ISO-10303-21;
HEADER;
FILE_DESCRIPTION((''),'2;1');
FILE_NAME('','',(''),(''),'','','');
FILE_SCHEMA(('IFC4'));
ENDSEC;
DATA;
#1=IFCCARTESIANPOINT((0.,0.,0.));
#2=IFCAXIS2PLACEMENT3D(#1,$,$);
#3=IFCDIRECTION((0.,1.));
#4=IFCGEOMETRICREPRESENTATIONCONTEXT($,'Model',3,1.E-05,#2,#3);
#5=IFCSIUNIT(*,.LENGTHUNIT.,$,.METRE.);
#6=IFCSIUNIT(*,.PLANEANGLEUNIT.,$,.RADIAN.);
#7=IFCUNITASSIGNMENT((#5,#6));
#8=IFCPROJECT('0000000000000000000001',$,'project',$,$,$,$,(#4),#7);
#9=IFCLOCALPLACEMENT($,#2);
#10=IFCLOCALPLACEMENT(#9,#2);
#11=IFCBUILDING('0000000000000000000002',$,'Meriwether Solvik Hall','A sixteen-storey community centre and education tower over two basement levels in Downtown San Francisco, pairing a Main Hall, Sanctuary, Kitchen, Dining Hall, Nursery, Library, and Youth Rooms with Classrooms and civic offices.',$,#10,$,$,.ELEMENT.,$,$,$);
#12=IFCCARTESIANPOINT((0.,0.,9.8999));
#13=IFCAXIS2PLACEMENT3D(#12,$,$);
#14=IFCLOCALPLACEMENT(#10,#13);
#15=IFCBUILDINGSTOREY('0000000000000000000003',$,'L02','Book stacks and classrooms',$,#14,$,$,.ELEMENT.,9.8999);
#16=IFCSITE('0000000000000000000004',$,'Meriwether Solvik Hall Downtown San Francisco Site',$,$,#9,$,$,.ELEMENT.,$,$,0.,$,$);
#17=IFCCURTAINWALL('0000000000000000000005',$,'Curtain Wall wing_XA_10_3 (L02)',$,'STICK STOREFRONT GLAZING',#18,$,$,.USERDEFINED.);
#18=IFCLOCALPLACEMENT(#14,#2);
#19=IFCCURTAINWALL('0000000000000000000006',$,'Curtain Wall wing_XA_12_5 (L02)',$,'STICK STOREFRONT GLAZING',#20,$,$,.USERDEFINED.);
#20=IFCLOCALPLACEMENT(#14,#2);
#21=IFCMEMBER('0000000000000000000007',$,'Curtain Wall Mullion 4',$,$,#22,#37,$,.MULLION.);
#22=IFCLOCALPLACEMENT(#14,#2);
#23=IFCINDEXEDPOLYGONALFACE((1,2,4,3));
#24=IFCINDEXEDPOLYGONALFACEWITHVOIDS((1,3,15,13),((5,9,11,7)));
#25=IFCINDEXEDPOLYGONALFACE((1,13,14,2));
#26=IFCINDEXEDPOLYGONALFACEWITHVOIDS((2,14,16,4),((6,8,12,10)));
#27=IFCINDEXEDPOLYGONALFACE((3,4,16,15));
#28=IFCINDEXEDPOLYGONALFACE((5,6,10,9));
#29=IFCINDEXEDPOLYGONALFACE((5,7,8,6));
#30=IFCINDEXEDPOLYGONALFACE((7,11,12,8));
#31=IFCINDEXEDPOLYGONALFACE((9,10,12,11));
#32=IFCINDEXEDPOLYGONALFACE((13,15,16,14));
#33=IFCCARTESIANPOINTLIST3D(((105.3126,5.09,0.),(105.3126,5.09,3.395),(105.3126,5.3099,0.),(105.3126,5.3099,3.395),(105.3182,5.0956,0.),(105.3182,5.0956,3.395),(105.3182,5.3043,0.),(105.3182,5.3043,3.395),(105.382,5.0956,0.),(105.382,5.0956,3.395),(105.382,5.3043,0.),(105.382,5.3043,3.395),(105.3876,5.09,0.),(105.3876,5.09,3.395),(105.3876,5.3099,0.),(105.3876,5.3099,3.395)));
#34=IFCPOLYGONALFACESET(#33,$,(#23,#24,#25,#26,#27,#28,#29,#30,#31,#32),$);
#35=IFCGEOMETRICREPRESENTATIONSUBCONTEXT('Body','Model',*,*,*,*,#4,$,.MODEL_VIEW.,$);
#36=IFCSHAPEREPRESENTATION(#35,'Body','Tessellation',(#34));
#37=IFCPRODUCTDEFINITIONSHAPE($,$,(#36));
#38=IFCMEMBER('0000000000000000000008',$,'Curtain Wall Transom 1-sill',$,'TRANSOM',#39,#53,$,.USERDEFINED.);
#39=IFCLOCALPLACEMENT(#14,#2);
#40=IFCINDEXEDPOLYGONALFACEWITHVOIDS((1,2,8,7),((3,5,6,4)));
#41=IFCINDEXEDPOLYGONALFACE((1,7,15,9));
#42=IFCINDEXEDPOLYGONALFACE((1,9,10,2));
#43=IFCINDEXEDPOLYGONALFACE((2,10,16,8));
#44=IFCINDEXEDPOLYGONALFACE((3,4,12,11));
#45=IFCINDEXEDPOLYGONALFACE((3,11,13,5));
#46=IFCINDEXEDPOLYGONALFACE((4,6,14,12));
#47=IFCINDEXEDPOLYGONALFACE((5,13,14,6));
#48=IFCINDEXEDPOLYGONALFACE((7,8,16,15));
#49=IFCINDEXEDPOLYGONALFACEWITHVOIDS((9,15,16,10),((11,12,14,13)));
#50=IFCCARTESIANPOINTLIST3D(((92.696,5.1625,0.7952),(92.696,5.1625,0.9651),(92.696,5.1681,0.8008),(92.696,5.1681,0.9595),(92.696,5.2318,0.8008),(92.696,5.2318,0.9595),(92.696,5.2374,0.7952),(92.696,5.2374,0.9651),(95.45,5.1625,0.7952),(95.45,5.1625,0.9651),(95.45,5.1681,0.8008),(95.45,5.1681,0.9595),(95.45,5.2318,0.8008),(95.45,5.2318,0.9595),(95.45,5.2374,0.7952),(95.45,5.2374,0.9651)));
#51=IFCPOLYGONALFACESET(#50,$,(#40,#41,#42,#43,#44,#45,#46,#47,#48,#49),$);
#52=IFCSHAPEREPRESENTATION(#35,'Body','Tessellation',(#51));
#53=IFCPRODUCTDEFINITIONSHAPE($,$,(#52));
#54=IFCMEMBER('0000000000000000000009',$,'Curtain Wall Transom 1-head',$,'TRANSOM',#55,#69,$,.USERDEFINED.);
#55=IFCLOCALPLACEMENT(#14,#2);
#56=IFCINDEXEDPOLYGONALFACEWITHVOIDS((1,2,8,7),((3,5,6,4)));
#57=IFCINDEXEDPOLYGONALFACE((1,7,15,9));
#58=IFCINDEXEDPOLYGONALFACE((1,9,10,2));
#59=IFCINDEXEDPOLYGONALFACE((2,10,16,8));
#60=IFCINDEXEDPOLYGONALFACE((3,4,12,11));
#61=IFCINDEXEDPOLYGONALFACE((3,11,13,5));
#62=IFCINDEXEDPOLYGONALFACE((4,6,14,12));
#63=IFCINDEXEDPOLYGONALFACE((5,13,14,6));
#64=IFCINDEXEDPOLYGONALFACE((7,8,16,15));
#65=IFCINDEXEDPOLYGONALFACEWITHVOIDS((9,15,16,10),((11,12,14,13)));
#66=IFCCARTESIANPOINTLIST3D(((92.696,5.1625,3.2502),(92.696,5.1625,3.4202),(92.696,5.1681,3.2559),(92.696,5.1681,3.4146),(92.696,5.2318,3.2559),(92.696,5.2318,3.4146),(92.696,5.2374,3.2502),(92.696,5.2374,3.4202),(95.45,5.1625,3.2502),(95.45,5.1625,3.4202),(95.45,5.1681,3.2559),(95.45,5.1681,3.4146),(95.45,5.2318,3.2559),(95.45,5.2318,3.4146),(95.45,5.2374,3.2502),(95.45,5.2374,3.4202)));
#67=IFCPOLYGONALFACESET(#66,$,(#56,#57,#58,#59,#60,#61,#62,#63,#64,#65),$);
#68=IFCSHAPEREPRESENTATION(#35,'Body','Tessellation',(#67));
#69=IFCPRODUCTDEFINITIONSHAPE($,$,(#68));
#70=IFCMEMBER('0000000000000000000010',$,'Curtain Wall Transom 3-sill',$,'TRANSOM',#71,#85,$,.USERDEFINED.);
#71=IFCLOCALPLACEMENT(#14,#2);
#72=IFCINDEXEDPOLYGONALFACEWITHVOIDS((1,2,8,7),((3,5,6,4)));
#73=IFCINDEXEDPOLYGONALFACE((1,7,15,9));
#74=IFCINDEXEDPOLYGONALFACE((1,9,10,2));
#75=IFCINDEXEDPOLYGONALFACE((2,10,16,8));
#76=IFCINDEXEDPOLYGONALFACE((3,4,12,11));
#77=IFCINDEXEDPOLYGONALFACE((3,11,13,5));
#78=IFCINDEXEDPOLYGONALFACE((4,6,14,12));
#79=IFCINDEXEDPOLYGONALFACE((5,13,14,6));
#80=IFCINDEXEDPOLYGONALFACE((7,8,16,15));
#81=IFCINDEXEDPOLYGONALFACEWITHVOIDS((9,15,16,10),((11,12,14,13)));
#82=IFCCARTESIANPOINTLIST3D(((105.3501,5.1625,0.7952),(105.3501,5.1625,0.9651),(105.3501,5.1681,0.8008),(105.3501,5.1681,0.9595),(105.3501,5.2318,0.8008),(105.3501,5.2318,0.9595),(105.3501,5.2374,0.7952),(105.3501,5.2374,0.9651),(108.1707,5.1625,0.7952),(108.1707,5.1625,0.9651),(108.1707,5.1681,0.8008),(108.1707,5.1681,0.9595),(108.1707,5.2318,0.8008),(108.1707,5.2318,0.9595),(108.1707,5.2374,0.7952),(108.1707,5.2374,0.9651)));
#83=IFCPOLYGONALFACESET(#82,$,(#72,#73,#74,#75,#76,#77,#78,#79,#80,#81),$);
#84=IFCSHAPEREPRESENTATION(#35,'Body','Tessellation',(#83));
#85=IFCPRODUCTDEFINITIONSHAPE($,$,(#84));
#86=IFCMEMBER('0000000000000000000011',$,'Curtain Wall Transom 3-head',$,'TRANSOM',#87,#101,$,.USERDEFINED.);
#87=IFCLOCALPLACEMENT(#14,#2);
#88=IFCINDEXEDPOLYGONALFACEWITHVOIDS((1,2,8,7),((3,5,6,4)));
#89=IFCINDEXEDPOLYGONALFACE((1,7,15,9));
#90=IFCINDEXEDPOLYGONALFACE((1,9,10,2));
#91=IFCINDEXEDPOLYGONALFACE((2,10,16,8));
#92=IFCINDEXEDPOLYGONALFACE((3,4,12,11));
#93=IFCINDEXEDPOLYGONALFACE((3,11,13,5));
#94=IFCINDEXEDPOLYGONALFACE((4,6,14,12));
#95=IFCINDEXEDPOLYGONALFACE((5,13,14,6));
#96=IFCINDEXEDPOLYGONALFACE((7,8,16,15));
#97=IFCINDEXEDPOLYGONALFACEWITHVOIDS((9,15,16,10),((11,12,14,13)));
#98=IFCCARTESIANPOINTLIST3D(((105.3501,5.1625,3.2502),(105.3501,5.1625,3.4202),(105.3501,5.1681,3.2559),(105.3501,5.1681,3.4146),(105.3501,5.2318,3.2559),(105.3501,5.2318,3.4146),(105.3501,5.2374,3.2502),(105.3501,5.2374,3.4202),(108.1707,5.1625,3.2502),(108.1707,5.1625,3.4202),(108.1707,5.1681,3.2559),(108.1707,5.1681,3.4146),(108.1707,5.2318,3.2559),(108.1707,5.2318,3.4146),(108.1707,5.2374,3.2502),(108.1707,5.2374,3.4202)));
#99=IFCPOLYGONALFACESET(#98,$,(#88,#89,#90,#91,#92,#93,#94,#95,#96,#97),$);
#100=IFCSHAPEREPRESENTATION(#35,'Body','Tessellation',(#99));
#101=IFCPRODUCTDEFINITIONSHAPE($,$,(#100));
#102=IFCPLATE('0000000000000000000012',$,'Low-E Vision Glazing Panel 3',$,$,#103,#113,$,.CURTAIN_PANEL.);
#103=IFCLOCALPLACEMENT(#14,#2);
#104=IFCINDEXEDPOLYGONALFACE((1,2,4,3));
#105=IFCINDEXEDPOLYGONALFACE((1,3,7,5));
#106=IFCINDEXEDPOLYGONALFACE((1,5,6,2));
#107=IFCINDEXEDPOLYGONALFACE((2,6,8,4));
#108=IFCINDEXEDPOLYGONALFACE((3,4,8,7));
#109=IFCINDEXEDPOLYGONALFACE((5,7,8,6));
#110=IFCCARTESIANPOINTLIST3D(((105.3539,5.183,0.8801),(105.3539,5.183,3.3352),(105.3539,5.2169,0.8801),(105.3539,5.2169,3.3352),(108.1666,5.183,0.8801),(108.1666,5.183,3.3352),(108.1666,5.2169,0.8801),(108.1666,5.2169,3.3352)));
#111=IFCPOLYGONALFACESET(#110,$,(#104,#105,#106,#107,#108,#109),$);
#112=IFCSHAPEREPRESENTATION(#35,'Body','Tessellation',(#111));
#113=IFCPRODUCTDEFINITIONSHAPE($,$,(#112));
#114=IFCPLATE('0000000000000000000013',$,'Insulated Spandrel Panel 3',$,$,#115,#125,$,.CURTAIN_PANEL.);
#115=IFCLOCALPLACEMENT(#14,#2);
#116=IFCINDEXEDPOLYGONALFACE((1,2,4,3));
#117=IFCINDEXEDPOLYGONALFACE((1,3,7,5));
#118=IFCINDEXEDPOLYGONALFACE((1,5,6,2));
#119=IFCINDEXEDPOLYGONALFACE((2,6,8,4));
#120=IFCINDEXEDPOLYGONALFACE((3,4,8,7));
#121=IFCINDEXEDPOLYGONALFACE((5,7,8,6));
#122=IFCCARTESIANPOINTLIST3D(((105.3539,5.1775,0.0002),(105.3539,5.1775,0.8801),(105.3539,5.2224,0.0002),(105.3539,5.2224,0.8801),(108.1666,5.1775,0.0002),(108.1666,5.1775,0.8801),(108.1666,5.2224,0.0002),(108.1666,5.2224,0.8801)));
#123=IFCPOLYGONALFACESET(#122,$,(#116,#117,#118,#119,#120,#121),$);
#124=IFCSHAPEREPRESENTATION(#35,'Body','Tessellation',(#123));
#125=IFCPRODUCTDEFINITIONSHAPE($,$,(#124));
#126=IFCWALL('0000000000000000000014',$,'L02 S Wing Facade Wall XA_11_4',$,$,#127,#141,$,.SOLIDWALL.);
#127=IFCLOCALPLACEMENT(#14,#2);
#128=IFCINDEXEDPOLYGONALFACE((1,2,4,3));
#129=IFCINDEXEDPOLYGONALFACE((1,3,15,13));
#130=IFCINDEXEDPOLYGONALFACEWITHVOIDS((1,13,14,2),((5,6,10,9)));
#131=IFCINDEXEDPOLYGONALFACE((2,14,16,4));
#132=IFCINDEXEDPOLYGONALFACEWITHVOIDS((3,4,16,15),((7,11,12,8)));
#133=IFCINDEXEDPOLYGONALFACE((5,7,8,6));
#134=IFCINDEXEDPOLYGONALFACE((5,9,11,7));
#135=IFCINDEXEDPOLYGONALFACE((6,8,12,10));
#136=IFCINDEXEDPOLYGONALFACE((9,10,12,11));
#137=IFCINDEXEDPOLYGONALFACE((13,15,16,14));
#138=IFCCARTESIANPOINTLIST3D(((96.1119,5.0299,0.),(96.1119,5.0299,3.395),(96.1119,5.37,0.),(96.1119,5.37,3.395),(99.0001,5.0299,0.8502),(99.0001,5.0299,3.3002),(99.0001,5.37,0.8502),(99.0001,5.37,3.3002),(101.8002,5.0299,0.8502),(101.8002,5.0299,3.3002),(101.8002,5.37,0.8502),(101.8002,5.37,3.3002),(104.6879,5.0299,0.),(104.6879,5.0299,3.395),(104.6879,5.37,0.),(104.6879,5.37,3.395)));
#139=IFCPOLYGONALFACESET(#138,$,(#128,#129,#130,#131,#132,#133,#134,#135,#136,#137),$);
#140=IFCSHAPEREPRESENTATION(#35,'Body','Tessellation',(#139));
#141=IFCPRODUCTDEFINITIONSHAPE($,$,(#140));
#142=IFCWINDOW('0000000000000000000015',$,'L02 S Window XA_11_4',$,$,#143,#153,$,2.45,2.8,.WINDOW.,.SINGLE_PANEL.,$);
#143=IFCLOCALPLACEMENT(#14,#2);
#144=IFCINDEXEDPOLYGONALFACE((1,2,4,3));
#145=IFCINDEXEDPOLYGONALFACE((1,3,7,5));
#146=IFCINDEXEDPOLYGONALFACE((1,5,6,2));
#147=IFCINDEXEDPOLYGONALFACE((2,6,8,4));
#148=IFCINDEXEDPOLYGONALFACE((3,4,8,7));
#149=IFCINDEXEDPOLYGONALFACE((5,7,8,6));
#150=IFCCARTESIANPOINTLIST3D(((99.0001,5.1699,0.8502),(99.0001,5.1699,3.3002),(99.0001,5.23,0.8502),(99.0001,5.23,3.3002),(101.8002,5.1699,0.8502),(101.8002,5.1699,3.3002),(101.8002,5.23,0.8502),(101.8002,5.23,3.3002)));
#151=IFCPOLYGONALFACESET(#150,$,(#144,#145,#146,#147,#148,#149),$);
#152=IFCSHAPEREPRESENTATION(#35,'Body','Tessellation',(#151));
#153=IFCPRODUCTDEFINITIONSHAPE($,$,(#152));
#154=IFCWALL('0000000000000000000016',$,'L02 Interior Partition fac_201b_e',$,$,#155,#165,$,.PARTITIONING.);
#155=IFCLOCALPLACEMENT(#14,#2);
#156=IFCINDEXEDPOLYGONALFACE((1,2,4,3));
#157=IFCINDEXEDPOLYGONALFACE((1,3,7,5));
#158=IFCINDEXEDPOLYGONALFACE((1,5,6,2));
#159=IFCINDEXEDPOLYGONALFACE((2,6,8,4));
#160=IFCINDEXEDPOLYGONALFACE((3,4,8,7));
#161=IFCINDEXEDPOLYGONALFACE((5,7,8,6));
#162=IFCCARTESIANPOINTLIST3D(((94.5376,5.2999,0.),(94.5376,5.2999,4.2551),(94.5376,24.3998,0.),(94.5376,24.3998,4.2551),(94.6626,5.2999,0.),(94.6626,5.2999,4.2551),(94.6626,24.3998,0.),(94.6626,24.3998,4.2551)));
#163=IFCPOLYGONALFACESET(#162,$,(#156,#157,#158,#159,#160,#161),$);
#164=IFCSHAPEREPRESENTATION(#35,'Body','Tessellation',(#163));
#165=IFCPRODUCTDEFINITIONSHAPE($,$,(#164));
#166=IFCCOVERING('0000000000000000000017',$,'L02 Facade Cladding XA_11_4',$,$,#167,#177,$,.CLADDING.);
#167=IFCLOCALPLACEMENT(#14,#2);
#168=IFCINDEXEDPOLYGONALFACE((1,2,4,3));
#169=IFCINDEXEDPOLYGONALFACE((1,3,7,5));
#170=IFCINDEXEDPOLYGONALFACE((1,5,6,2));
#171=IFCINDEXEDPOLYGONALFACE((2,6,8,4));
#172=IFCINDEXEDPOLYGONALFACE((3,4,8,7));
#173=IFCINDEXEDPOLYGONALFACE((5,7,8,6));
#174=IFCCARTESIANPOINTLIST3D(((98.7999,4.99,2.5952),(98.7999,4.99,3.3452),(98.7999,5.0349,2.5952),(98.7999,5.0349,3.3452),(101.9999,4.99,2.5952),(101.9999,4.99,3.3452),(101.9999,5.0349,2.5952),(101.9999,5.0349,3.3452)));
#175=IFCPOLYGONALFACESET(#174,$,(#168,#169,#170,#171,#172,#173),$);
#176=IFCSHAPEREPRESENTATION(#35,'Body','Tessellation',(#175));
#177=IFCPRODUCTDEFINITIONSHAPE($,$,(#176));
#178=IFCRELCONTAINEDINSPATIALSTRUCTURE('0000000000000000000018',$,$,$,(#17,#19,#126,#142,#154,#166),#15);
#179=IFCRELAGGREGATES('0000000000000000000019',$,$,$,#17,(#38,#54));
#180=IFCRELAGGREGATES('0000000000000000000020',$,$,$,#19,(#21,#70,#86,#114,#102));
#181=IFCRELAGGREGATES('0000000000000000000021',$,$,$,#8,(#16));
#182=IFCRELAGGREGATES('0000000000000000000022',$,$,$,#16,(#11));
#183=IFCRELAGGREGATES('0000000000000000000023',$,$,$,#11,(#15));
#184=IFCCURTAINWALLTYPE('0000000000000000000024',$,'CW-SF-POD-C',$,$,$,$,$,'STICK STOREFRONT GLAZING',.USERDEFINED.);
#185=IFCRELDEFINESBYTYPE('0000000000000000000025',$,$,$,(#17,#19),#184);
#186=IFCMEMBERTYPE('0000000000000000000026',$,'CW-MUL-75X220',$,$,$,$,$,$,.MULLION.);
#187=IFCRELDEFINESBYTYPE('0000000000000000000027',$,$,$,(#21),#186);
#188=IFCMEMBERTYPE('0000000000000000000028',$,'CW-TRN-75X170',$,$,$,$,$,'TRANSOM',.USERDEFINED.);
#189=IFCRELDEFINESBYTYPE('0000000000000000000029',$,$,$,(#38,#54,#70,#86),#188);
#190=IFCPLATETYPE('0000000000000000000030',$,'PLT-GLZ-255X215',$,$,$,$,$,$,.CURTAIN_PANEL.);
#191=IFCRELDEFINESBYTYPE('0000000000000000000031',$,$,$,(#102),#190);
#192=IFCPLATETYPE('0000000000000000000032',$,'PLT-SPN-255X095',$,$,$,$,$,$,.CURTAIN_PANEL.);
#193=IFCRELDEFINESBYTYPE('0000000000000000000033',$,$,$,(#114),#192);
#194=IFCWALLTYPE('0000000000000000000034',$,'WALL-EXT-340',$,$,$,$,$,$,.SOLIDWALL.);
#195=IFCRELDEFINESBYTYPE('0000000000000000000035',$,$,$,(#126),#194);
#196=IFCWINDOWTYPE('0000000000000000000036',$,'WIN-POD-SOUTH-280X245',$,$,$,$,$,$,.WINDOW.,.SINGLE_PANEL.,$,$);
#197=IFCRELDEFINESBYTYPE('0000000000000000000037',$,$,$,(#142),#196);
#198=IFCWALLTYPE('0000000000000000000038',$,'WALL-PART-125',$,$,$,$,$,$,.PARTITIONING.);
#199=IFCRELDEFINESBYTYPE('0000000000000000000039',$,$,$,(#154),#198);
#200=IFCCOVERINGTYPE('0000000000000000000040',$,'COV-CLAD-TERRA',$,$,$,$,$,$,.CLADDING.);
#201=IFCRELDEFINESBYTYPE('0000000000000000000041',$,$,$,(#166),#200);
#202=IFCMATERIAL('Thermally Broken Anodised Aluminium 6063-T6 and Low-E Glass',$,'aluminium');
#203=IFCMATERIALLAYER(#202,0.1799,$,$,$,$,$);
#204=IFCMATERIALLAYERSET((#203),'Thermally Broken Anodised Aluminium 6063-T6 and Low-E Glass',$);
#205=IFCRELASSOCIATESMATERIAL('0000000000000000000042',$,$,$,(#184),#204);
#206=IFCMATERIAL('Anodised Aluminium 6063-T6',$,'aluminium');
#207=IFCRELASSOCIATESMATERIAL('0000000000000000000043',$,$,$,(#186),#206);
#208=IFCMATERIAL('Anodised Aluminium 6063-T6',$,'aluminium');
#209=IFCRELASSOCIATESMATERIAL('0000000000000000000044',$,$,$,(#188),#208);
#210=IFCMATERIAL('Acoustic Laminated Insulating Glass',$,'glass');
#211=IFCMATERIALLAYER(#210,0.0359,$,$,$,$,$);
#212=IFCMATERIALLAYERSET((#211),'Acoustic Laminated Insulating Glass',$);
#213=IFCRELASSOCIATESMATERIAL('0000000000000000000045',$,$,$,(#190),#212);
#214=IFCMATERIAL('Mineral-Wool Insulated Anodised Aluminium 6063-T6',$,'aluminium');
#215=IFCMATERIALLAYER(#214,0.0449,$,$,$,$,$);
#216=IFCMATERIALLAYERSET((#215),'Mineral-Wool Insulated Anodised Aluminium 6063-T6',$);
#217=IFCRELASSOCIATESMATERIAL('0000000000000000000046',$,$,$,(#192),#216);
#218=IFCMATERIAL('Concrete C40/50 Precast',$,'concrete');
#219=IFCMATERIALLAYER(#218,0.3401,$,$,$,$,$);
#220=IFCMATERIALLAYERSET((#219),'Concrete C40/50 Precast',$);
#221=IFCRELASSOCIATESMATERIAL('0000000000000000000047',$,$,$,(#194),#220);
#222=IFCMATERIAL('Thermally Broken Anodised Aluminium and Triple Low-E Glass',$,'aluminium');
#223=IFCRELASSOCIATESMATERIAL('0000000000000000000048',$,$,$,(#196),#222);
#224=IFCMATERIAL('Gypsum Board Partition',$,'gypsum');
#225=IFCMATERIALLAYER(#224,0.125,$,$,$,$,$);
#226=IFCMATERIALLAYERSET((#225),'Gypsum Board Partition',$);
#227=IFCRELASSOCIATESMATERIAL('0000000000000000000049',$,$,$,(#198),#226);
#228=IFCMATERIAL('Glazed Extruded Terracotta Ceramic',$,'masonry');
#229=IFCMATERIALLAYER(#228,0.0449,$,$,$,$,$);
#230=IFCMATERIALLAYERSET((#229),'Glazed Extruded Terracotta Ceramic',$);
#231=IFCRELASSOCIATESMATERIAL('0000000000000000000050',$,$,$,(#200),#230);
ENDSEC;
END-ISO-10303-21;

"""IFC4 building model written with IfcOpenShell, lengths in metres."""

from ifc_helpers import new_model, si_unit, direction, frame, frame_2d, origin, origin_2d, place, context, subcontext, project, spatial, rectangle, hollow_rectangle, extrude, material, layer, layer_set, material_profile, profile_set, type_object, element, fill, aggregate, save


model = new_model("IFC4")

# Units and contexts
model_context = context("Model", 3, precision=1e-05, world=origin(), true_north=direction((0.0, 1.0)))
body_context = subcontext(model_context, "Body", "Model", "MODEL_VIEW")
ifc_project = project(units=[si_unit("LENGTHUNIT", "METRE"), si_unit("PLANEANGLEUNIT", "RADIAN")], contexts=[model_context])

# Site, building, storey
site_placement = place(None, origin())
site = spatial("IfcSite", under=ifc_project, at=site_placement, Name="Meriwether Solvik Hall Downtown San Francisco Site", CompositionType="ELEMENT", RefElevation=0.0)
building_placement = place(site_placement, origin())
building = spatial("IfcBuilding", under=site, at=building_placement, Name="Meriwether Solvik Hall", Description="A sixteen-storey community centre and education tower over two basement levels in Downtown San Francisco, pairing a Main Hall, Sanctuary, Kitchen, Dining Hall, Nursery, Library, and Youth Rooms with Classrooms and civic offices.", CompositionType="ELEMENT")
storey_placement = place(building_placement, frame((0.0, 0.0, 9.8999)))
storey = spatial("IfcBuildingStorey", under=building, at=storey_placement, Name="L02", Description="Book stacks and classrooms", CompositionType="ELEMENT", Elevation=9.8999)

# Curtain wall
ifc_material_1 = material(Name="Thermally Broken Anodised Aluminium 6063-T6 and Low-E Glass", Category="aluminium")
ifc_layer_1 = layer(ifc_material_1, 0.1799)
ifc_layer_set_1 = layer_set([ifc_layer_1], Name="Thermally Broken Anodised Aluminium 6063-T6 and Low-E Glass")
curtain_wall_type = type_object("IfcCurtainWallType", Name="CW-SF-POD-C", ElementType="STICK STOREFRONT GLAZING", PredefinedType="USERDEFINED", material=ifc_layer_set_1)
curtain_wall_1_placement = place(storey_placement, origin())
curtain_wall_1 = element("IfcCurtainWall", 1, at=curtain_wall_1_placement, inside=storey, type_object=curtain_wall_type, Name="Curtain Wall wing_XA_10_3 (L02)", ObjectType="STICK STOREFRONT GLAZING", PredefinedType="USERDEFINED")
ifc_material_2 = material(Name="Anodised Aluminium 6063-T6", Category="aluminium")
ifc_material_profile_1 = material_profile(ifc_material_2, hollow_rectangle(XDim=0.075, YDim=0.22, WallThickness=0.0056, at=origin_2d()), Name="CWM-75X220")
ifc_profile_set_1 = profile_set([ifc_material_profile_1], Name="Anodised Aluminium 6063-T6")
member_type_1 = type_object("IfcMemberType", Name="CW-MUL-75X220", PredefinedType="MULLION", material=ifc_profile_set_1)

# Curtain wall, member
curtain_wall_2_placement = place(storey_placement, origin())
curtain_wall_2 = element("IfcCurtainWall", 2, at=curtain_wall_2_placement, inside=storey, type_object=curtain_wall_type, Name="Curtain Wall wing_XA_12_5 (L02)", ObjectType="STICK STOREFRONT GLAZING", PredefinedType="USERDEFINED")
member_1_placement = place(storey_placement, frame((105.3501, 5.2, 0.0), z_axis=(0.0, 0.0, 1.0), x_axis=(-1.0, 0.0, 0.0)))
member_1 = element("IfcMember", 3, at=member_1_placement, type_object=member_type_1, Name="Curtain Wall Mullion 4", PredefinedType="MULLION", context=body_context, shape_type="SweptSolid", body=[
    extrude(hollow_rectangle(XDim=0.075, YDim=0.22, WallThickness=0.0056, at=origin_2d()), origin(), (0.0, 0.0, 1.0), 3.395),
])

# Members
ifc_material_3 = material(Name="Anodised Aluminium 6063-T6", Category="aluminium")
ifc_material_profile_2 = material_profile(ifc_material_3, hollow_rectangle(XDim=0.075, YDim=0.1699, WallThickness=0.0056, at=origin_2d()), Name="CWT-75X170")
ifc_profile_set_2 = profile_set([ifc_material_profile_2], Name="Anodised Aluminium 6063-T6")
member_type_2 = type_object("IfcMemberType", Name="CW-TRN-75X170", ElementType="TRANSOM", PredefinedType="USERDEFINED", material=ifc_profile_set_2)
member_2_placement = place(storey_placement, frame((95.45, 5.2, 0.8801), z_axis=(-1.0, 0.0, 0.0), x_axis=(0.0, -1.0, 0.0)))
member_2 = element("IfcMember", 4, at=member_2_placement, type_object=member_type_2, Name="Curtain Wall Transom 1-sill", ObjectType="TRANSOM", PredefinedType="USERDEFINED", context=body_context, shape_type="SweptSolid", body=[
    extrude(hollow_rectangle(XDim=0.075, YDim=0.1699, WallThickness=0.0056, at=origin_2d()), origin(), (0.0, 0.0, 1.0), 2.7539),
])
member_3_placement = place(storey_placement, frame((95.45, 5.2, 3.3352), z_axis=(-1.0, 0.0, 0.0), x_axis=(0.0, -1.0, 0.0)))
member_3 = element("IfcMember", 5, at=member_3_placement, type_object=member_type_2, Name="Curtain Wall Transom 1-head", ObjectType="TRANSOM", PredefinedType="USERDEFINED", context=body_context, shape_type="SweptSolid", body=[
    extrude(hollow_rectangle(XDim=0.075, YDim=0.1699, WallThickness=0.0056, at=origin_2d()), origin(), (0.0, 0.0, 1.0), 2.7539),
])
aggregate(curtain_wall_1, [member_2, member_3])
member_4_placement = place(storey_placement, frame((108.1707, 5.2, 0.8801), z_axis=(-1.0, 0.0, 0.0), x_axis=(0.0, -1.0, 0.0)))
member_4 = element("IfcMember", 6, at=member_4_placement, type_object=member_type_2, Name="Curtain Wall Transom 3-sill", ObjectType="TRANSOM", PredefinedType="USERDEFINED", context=body_context, shape_type="SweptSolid", body=[
    extrude(hollow_rectangle(XDim=0.075, YDim=0.1699, WallThickness=0.0056, at=origin_2d()), origin(), (0.0, 0.0, 1.0), 2.8206),
])
member_5_placement = place(storey_placement, frame((108.1707, 5.2, 3.3352), z_axis=(-1.0, 0.0, 0.0), x_axis=(0.0, -1.0, 0.0)))
member_5 = element("IfcMember", 7, at=member_5_placement, type_object=member_type_2, Name="Curtain Wall Transom 3-head", ObjectType="TRANSOM", PredefinedType="USERDEFINED", context=body_context, shape_type="SweptSolid", body=[
    extrude(hollow_rectangle(XDim=0.075, YDim=0.1699, WallThickness=0.0056, at=origin_2d()), origin(), (0.0, 0.0, 1.0), 2.8206),
])

# Plates
ifc_material_4 = material(Name="Acoustic Laminated Insulating Glass", Category="glass")
ifc_layer_2 = layer(ifc_material_4, 0.0359)
ifc_layer_set_2 = layer_set([ifc_layer_2], Name="Acoustic Laminated Insulating Glass")
plate_type_1 = type_object("IfcPlateType", Name="PLT-GLZ-255X215", PredefinedType="CURTAIN_PANEL", material=ifc_layer_set_2)
plate_1_placement = place(storey_placement, frame((106.7603, 5.2, 0.8801), z_axis=(0.0, 0.0, 1.0), x_axis=(-1.0, 0.0, 0.0)))
plate_1 = element("IfcPlate", 8, at=plate_1_placement, type_object=plate_type_1, Name="Low-E Vision Glazing Panel 3", PredefinedType="CURTAIN_PANEL", context=body_context, shape_type="SweptSolid", body=[
    extrude(rectangle(XDim=2.8127, YDim=0.0339, at=origin_2d()), origin(), (0.0, 0.0, 1.0), 2.4551),
])
ifc_material_5 = material(Name="Mineral-Wool Insulated Anodised Aluminium 6063-T6", Category="aluminium")
ifc_layer_3 = layer(ifc_material_5, 0.0449)
ifc_layer_set_3 = layer_set([ifc_layer_3], Name="Mineral-Wool Insulated Anodised Aluminium 6063-T6")
plate_type_2 = type_object("IfcPlateType", Name="PLT-SPN-255X095", PredefinedType="CURTAIN_PANEL", material=ifc_layer_set_3)
plate_2_placement = place(storey_placement, frame((106.7603, 5.2, 0.0002), z_axis=(0.0, 0.0, 1.0), x_axis=(-1.0, 0.0, 0.0)))
plate_2 = element("IfcPlate", 9, at=plate_2_placement, type_object=plate_type_2, Name="Insulated Spandrel Panel 3", PredefinedType="CURTAIN_PANEL", context=body_context, shape_type="SweptSolid", body=[
    extrude(rectangle(XDim=2.8127, YDim=0.0449, at=origin_2d()), origin(), (0.0, 0.0, 1.0), 0.8799),
])
aggregate(curtain_wall_2, [member_1, member_4, member_5, plate_2, plate_1])

# Wall, opening, window
ifc_material_6 = material(Name="Concrete C40/50 Precast", Category="concrete")
ifc_layer_4 = layer(ifc_material_6, 0.3401)
ifc_layer_set_4 = layer_set([ifc_layer_4], Name="Concrete C40/50 Precast")
wall_type_1 = type_object("IfcWallType", Name="WALL-EXT-340", PredefinedType="SOLIDWALL", material=ifc_layer_set_4)
wall_1_placement = place(storey_placement, frame((104.688, 5.2, 0.0), z_axis=(0.0, 0.0, 1.0), x_axis=(-1.0, 0.0, 0.0)))
wall_1 = element("IfcWall", 10, at=wall_1_placement, inside=storey, type_object=wall_type_1, Name="L02 S Wing Facade Wall XA_11_4", PredefinedType="SOLIDWALL", context=body_context, shape_type="SweptSolid", body=[
    extrude(rectangle(XDim=8.5759, YDim=0.3401, at=frame_2d((4.2881, 0.0))), origin(), (0.0, 0.0, 1.0), 3.395),
])
opening_placement = place(wall_1_placement, frame((2.8879, 0.0, 0.8501)))
opening = element("IfcOpeningElement", 11, at=opening_placement, cuts=wall_1, PredefinedType="OPENING", context=body_context, shape_type="SweptSolid", body=[
    extrude(rectangle(XDim=2.8, YDim=2.45, at=frame_2d((1.3999, 1.2251))), frame((0.0, 0.1821, 0.0), z_axis=(0.0, -1.0, 0.0), x_axis=(1.0, 0.0, 0.0)), (0.0, 0.0, 1.0), 0.364),
])
ifc_material_7 = material(Name="Thermally Broken Anodised Aluminium and Triple Low-E Glass", Category="aluminium")
window_type = type_object("IfcWindowType", Name="WIN-POD-SOUTH-280X245", PartitioningType="SINGLE_PANEL", PredefinedType="WINDOW", material=ifc_material_7)
window_placement = place(opening_placement, origin())
window = element("IfcWindow", 12, at=window_placement, inside=storey, type_object=window_type, Name="L02 S Window XA_11_4", OverallHeight=2.45, OverallWidth=2.8, PartitioningType="SINGLE_PANEL", PredefinedType="WINDOW", context=body_context, shape_type="SweptSolid", body=[
    extrude(rectangle(XDim=2.8, YDim=2.45, at=frame_2d((1.3999, 1.2251))), frame((0.0, 0.03, 0.0), z_axis=(0.0, -1.0, 0.0), x_axis=(1.0, 0.0, 0.0)), (0.0, 0.0, 1.0), 0.0601),
])
fill(opening, window)

# Wall
ifc_material_8 = material(Name="Gypsum Board Partition", Category="gypsum")
ifc_layer_5 = layer(ifc_material_8, 0.125)
ifc_layer_set_5 = layer_set([ifc_layer_5], Name="Gypsum Board Partition")
wall_type_2 = type_object("IfcWallType", Name="WALL-PART-125", PredefinedType="PARTITIONING", material=ifc_layer_set_5)
wall_2_placement = place(storey_placement, frame((94.6001, 5.3, 0.0), z_axis=(0.0, 0.0, 1.0), x_axis=(0.0, 1.0, 0.0)))
element("IfcWall", 13, at=wall_2_placement, inside=storey, type_object=wall_type_2, Name="L02 Interior Partition fac_201b_e", PredefinedType="PARTITIONING", context=body_context, shape_type="SweptSolid", body=[
    extrude(rectangle(XDim=19.0999, YDim=0.125, at=frame_2d((9.5498, 0.0))), origin(), (0.0, 0.0, 1.0), 4.2551),
])

# Covering
ifc_material_9 = material(Name="Glazed Extruded Terracotta Ceramic", Category="masonry")
ifc_layer_6 = layer(ifc_material_9, 0.0449)
ifc_layer_set_6 = layer_set([ifc_layer_6], Name="Glazed Extruded Terracotta Ceramic")
covering_type = type_object("IfcCoveringType", Name="COV-CLAD-TERRA", PredefinedType="CLADDING", material=ifc_layer_set_6)
covering_placement = place(storey_placement, frame((100.3999, 5.0125, 2.5952), z_axis=(0.0, 0.0, 1.0), x_axis=(-1.0, 0.0, 0.0)))
element("IfcCovering", 14, at=covering_placement, inside=storey, type_object=covering_type, Name="L02 Facade Cladding XA_11_4", PredefinedType="CLADDING", context=body_context, shape_type="SweptSolid", body=[
    extrude(rectangle(XDim=3.2, YDim=0.0449, at=origin_2d()), origin(), (0.0, 0.0, 1.0), 0.75),
])

save(model, "model.ifc")
